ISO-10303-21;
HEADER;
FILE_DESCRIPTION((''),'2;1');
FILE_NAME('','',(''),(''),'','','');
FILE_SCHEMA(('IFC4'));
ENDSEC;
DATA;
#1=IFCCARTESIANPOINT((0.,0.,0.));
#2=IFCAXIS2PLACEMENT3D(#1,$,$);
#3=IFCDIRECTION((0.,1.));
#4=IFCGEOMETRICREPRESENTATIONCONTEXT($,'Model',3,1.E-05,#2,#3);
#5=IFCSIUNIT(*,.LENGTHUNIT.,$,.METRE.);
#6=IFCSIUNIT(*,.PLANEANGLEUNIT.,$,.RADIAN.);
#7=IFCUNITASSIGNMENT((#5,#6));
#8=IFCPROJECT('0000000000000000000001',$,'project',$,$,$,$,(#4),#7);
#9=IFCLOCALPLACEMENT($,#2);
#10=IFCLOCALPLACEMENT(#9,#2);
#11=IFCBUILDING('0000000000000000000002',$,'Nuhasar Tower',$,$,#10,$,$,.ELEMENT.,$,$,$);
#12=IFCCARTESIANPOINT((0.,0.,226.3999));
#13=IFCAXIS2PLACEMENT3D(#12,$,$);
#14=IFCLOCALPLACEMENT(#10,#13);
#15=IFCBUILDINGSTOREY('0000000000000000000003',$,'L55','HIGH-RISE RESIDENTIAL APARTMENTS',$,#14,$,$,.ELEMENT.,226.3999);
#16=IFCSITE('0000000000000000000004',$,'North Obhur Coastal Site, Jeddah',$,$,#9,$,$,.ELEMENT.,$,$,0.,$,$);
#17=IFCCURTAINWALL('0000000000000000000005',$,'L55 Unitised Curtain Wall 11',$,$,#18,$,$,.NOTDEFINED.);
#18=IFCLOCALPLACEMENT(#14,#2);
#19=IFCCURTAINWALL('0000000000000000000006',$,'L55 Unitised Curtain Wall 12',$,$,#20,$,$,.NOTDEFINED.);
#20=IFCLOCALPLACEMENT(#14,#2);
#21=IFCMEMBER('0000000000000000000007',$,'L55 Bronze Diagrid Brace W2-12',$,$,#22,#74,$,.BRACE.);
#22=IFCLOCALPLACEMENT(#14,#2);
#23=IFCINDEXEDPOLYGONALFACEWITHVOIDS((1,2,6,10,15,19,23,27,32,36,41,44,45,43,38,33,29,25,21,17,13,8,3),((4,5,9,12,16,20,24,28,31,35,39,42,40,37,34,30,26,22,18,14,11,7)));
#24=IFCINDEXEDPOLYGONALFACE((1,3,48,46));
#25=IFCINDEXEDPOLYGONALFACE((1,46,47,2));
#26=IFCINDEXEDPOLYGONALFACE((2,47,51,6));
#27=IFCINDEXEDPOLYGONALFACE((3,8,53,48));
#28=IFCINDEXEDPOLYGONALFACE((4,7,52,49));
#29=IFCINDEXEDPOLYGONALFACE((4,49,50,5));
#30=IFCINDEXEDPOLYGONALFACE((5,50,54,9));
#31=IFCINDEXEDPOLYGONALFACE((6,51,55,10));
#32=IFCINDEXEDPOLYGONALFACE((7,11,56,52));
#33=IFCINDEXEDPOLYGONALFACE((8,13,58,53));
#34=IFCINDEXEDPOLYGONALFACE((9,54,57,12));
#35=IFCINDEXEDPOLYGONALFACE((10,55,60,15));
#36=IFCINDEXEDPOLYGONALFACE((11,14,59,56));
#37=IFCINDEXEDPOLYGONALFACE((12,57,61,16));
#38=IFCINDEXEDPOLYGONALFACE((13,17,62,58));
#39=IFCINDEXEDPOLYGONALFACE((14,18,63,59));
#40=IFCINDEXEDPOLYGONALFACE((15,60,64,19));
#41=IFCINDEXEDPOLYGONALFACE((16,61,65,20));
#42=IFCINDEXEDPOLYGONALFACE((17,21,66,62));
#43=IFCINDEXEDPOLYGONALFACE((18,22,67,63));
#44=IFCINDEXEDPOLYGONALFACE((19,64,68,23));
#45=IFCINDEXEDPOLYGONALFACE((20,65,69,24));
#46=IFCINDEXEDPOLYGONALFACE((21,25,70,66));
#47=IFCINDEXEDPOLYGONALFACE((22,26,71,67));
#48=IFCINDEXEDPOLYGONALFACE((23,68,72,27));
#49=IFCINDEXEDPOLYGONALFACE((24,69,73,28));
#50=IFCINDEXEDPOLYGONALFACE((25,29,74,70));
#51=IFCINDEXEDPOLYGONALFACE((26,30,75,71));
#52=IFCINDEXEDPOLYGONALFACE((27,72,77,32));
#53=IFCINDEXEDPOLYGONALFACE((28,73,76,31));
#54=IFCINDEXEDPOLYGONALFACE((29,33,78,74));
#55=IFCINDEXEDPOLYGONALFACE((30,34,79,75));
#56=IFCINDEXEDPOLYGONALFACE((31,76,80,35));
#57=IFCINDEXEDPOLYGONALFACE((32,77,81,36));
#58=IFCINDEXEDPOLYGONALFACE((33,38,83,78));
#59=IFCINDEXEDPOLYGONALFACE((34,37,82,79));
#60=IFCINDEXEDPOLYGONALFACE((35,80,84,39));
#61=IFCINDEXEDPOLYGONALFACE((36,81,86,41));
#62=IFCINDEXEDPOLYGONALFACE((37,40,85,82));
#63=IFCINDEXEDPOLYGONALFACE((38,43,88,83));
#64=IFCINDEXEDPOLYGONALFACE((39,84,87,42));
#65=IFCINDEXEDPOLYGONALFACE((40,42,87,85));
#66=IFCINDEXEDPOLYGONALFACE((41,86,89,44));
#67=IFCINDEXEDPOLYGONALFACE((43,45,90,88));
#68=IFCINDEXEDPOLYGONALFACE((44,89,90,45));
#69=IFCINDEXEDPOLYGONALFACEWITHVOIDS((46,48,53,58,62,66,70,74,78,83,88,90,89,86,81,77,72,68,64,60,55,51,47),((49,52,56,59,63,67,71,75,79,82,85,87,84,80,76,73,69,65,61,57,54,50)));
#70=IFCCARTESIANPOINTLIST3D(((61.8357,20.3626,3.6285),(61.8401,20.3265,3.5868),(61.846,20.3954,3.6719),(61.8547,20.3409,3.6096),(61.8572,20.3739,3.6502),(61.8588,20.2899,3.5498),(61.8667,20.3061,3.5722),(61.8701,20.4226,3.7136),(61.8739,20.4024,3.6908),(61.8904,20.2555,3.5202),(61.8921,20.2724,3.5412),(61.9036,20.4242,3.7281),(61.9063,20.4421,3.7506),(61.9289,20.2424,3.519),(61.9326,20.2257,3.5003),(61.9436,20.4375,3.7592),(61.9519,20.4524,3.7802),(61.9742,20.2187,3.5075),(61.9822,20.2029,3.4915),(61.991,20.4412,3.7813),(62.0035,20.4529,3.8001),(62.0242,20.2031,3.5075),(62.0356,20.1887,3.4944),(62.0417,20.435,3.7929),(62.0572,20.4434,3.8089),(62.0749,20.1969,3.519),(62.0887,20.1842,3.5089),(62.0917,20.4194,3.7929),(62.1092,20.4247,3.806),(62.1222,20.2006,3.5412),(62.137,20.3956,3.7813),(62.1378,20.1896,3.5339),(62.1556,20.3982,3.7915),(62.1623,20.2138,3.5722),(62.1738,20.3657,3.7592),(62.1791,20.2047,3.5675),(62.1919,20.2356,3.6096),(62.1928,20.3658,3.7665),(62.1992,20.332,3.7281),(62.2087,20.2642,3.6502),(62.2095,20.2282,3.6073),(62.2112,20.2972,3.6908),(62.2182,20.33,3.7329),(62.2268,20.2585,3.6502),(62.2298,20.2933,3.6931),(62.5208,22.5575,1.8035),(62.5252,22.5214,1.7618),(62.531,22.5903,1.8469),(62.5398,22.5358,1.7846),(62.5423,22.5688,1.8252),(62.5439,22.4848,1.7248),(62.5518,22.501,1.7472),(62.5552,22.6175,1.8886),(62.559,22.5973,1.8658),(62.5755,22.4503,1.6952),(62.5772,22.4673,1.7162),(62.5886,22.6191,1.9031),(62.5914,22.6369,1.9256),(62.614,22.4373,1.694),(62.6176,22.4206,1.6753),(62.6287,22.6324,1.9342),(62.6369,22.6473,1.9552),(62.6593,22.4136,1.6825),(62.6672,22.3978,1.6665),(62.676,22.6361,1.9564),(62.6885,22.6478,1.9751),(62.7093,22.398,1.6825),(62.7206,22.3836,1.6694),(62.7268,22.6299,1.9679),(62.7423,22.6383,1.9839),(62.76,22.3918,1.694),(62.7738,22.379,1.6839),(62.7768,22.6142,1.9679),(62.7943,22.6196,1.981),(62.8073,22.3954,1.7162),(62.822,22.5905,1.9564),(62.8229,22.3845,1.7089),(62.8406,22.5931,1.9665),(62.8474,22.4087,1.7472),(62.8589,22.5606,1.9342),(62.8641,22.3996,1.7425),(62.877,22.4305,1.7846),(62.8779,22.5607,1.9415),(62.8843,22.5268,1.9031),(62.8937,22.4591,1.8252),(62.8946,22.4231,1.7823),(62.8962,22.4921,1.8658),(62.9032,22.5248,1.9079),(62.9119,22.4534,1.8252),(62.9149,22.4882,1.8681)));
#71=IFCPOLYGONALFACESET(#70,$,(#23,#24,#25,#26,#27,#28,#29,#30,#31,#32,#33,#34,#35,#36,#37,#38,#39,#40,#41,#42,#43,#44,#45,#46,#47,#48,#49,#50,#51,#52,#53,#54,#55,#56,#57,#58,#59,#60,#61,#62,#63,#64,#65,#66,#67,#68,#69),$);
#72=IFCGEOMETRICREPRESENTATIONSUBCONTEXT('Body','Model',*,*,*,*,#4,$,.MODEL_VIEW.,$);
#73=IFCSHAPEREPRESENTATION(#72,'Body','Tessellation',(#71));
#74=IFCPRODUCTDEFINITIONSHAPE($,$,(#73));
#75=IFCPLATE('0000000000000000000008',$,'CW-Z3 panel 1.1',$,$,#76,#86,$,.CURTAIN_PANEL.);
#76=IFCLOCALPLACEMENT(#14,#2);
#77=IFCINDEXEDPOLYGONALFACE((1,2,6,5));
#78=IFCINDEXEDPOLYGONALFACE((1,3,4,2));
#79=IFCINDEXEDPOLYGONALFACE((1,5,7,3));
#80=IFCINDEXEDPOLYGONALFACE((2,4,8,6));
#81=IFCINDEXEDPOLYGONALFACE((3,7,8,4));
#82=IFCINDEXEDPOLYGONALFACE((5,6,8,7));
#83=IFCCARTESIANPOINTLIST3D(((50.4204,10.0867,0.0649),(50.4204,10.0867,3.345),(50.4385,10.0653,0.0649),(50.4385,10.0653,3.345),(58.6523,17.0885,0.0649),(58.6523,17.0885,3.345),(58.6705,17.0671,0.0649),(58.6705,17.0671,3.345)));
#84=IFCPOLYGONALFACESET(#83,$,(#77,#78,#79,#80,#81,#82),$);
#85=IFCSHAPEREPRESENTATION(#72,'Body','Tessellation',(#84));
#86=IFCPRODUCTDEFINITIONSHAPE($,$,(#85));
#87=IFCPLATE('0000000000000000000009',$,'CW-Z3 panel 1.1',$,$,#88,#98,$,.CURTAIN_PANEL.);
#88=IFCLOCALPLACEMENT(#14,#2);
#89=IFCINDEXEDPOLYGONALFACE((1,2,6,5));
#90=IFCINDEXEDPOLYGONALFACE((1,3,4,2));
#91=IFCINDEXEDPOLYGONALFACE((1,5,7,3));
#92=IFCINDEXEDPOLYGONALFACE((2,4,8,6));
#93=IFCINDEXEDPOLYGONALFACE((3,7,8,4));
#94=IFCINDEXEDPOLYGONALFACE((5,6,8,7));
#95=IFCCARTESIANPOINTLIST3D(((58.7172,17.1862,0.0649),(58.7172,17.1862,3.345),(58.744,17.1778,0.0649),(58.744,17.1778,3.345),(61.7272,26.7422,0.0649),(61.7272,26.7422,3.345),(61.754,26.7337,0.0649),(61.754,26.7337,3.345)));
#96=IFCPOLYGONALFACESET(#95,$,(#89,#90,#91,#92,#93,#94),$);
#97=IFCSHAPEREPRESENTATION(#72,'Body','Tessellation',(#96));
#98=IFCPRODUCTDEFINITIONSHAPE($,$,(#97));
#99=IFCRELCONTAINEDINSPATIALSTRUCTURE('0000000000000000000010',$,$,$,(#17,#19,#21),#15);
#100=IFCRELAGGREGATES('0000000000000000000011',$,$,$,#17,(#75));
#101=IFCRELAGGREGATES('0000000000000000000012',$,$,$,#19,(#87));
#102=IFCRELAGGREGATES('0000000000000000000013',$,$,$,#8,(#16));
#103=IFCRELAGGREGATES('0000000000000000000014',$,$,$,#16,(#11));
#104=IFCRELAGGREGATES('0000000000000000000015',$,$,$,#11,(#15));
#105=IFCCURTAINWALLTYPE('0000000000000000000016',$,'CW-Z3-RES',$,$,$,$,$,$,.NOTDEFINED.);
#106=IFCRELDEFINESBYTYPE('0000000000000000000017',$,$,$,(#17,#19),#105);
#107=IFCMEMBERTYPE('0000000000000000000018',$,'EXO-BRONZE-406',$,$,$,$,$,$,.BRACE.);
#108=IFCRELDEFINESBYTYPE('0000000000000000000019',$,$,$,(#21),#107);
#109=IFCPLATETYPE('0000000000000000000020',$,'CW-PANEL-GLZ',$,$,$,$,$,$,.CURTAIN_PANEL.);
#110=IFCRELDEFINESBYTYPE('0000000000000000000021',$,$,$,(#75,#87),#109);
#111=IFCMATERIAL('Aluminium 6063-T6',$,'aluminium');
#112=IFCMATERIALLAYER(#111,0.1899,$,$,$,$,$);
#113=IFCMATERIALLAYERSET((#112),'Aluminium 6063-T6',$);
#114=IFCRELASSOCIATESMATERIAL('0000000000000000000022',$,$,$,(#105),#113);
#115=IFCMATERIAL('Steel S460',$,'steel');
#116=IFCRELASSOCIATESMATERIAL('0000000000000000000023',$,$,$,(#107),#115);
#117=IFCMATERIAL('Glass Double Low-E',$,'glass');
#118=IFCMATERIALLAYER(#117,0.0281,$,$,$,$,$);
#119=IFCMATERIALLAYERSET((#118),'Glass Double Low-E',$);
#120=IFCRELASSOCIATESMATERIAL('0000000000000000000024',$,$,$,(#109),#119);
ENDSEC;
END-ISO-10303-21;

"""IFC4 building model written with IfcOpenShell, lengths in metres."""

from ifc_helpers import new_model, si_unit, direction, frame, origin, origin_2d, place, context, subcontext, project, spatial, rectangle, hollow_circle, extrude, material, layer, layer_set, material_profile, profile_set, type_object, element, aggregate, save


model = new_model("IFC4")

# Units and contexts
model_context = context("Model", 3, precision=1e-05, world=origin(), true_north=direction((0.0, 1.0)))
body_context = subcontext(model_context, "Body", "Model", "MODEL_VIEW")
ifc_project = project(units=[si_unit("LENGTHUNIT", "METRE"), si_unit("PLANEANGLEUNIT", "RADIAN")], contexts=[model_context])

# Site, building, storey
site_placement = place(None, origin())
site = spatial("IfcSite", under=ifc_project, at=site_placement, Name="North Obhur Coastal Site, Jeddah", CompositionType="ELEMENT", RefElevation=0.0)
building_placement = place(site_placement, origin())
building = spatial("IfcBuilding", under=site, at=building_placement, Name="Nuhasar Tower", CompositionType="ELEMENT")
storey_placement = place(building_placement, frame((0.0, 0.0, 226.3999)))
storey = spatial("IfcBuildingStorey", under=building, at=storey_placement, Name="L55", Description="HIGH-RISE RESIDENTIAL APARTMENTS", CompositionType="ELEMENT", Elevation=226.3999)

# Curtain wall
ifc_material_1 = material(Name="Aluminium 6063-T6", Category="aluminium")
ifc_layer_1 = layer(ifc_material_1, 0.1899)
ifc_layer_set_1 = layer_set([ifc_layer_1], Name="Aluminium 6063-T6")
curtain_wall_type = type_object("IfcCurtainWallType", Name="CW-Z3-RES", PredefinedType="NOTDEFINED", material=ifc_layer_set_1)
curtain_wall_1_placement = place(storey_placement, origin())
curtain_wall_1 = element("IfcCurtainWall", 1, at=curtain_wall_1_placement, inside=storey, type_object=curtain_wall_type, Name="L55 Unitised Curtain Wall 11", PredefinedType="NOTDEFINED")

# Curtain wall
curtain_wall_2_placement = place(storey_placement, origin())
curtain_wall_2 = element("IfcCurtainWall", 2, at=curtain_wall_2_placement, inside=storey, type_object=curtain_wall_type, Name="L55 Unitised Curtain Wall 12", PredefinedType="NOTDEFINED")

# Member
ifc_material_2 = material(Name="Steel S460", Category="steel")
ifc_material_profile_1 = material_profile(ifc_material_2, hollow_circle(Radius=0.2031, WallThickness=0.019, at=origin_2d()), Name="HSS406.4X19.1")
ifc_profile_set_1 = profile_set([ifc_material_profile_1], Name="Steel S460")
member_type_1 = type_object("IfcMemberType", Name="EXO-BRONZE-406", PredefinedType="BRACE", material=ifc_profile_set_1)
for number, where, z_axis, x_axis, name in (
    (3, (62.718, 22.5139, 1.8252), (-0.233372, -0.74769, 0.621689), (0.954582, -0.297948, 0.0), "L55 Bronze Diagrid Brace W2-12"),
):
    element("IfcMember", number, at=place(storey_placement, frame(where, z_axis=z_axis, x_axis=x_axis)), inside=storey, type_object=member_type_1, Name=name, PredefinedType="BRACE", context=body_context, shape_type="SweptSolid", body=[
        extrude(hollow_circle(Radius=0.2031, WallThickness=0.019, at=origin_2d()), origin(), (0.0, 0.0, 1.0), 2.9355),
    ])

# Plates
ifc_material_3 = material(Name="Glass Double Low-E", Category="glass")
ifc_layer_2 = layer(ifc_material_3, 0.0281)
ifc_layer_set_2 = layer_set([ifc_layer_2], Name="Glass Double Low-E")
plate_type = type_object("IfcPlateType", Name="CW-PANEL-GLZ", PredefinedType="CURTAIN_PANEL", material=ifc_layer_set_2)
plate_1_placement = place(storey_placement, frame((54.5454, 13.5769, 0.0649), z_axis=(0.0, 0.0, 1.0), x_axis=(0.761729, 0.647895, 0.0)))
plate_1 = element("IfcPlate", 4, at=plate_1_placement, type_object=plate_type, Name="CW-Z3 panel 1.1", PredefinedType="CURTAIN_PANEL", context=body_context, shape_type="SweptSolid", body=[
    extrude(rectangle(XDim=10.8069, YDim=0.0281, at=origin_2d()), origin(), (0.0, 0.0, 1.0), 3.28),
])
aggregate(curtain_wall_1, [plate_1])
plate_2_placement = place(storey_placement, frame((60.2356, 21.96, 0.0649), z_axis=(0.0, 0.0, 1.0), x_axis=(0.300429, 0.953804, 0.0)))
plate_2 = element("IfcPlate", 5, at=plate_2_placement, type_object=plate_type, Name="CW-Z3 panel 1.1", PredefinedType="CURTAIN_PANEL", context=body_context, shape_type="SweptSolid", body=[
    extrude(rectangle(XDim=10.0188, YDim=0.0281, at=origin_2d()), origin(), (0.0, 0.0, 1.0), 3.28),
])
aggregate(curtain_wall_2, [plate_2])

save(model, "model.ifc")
